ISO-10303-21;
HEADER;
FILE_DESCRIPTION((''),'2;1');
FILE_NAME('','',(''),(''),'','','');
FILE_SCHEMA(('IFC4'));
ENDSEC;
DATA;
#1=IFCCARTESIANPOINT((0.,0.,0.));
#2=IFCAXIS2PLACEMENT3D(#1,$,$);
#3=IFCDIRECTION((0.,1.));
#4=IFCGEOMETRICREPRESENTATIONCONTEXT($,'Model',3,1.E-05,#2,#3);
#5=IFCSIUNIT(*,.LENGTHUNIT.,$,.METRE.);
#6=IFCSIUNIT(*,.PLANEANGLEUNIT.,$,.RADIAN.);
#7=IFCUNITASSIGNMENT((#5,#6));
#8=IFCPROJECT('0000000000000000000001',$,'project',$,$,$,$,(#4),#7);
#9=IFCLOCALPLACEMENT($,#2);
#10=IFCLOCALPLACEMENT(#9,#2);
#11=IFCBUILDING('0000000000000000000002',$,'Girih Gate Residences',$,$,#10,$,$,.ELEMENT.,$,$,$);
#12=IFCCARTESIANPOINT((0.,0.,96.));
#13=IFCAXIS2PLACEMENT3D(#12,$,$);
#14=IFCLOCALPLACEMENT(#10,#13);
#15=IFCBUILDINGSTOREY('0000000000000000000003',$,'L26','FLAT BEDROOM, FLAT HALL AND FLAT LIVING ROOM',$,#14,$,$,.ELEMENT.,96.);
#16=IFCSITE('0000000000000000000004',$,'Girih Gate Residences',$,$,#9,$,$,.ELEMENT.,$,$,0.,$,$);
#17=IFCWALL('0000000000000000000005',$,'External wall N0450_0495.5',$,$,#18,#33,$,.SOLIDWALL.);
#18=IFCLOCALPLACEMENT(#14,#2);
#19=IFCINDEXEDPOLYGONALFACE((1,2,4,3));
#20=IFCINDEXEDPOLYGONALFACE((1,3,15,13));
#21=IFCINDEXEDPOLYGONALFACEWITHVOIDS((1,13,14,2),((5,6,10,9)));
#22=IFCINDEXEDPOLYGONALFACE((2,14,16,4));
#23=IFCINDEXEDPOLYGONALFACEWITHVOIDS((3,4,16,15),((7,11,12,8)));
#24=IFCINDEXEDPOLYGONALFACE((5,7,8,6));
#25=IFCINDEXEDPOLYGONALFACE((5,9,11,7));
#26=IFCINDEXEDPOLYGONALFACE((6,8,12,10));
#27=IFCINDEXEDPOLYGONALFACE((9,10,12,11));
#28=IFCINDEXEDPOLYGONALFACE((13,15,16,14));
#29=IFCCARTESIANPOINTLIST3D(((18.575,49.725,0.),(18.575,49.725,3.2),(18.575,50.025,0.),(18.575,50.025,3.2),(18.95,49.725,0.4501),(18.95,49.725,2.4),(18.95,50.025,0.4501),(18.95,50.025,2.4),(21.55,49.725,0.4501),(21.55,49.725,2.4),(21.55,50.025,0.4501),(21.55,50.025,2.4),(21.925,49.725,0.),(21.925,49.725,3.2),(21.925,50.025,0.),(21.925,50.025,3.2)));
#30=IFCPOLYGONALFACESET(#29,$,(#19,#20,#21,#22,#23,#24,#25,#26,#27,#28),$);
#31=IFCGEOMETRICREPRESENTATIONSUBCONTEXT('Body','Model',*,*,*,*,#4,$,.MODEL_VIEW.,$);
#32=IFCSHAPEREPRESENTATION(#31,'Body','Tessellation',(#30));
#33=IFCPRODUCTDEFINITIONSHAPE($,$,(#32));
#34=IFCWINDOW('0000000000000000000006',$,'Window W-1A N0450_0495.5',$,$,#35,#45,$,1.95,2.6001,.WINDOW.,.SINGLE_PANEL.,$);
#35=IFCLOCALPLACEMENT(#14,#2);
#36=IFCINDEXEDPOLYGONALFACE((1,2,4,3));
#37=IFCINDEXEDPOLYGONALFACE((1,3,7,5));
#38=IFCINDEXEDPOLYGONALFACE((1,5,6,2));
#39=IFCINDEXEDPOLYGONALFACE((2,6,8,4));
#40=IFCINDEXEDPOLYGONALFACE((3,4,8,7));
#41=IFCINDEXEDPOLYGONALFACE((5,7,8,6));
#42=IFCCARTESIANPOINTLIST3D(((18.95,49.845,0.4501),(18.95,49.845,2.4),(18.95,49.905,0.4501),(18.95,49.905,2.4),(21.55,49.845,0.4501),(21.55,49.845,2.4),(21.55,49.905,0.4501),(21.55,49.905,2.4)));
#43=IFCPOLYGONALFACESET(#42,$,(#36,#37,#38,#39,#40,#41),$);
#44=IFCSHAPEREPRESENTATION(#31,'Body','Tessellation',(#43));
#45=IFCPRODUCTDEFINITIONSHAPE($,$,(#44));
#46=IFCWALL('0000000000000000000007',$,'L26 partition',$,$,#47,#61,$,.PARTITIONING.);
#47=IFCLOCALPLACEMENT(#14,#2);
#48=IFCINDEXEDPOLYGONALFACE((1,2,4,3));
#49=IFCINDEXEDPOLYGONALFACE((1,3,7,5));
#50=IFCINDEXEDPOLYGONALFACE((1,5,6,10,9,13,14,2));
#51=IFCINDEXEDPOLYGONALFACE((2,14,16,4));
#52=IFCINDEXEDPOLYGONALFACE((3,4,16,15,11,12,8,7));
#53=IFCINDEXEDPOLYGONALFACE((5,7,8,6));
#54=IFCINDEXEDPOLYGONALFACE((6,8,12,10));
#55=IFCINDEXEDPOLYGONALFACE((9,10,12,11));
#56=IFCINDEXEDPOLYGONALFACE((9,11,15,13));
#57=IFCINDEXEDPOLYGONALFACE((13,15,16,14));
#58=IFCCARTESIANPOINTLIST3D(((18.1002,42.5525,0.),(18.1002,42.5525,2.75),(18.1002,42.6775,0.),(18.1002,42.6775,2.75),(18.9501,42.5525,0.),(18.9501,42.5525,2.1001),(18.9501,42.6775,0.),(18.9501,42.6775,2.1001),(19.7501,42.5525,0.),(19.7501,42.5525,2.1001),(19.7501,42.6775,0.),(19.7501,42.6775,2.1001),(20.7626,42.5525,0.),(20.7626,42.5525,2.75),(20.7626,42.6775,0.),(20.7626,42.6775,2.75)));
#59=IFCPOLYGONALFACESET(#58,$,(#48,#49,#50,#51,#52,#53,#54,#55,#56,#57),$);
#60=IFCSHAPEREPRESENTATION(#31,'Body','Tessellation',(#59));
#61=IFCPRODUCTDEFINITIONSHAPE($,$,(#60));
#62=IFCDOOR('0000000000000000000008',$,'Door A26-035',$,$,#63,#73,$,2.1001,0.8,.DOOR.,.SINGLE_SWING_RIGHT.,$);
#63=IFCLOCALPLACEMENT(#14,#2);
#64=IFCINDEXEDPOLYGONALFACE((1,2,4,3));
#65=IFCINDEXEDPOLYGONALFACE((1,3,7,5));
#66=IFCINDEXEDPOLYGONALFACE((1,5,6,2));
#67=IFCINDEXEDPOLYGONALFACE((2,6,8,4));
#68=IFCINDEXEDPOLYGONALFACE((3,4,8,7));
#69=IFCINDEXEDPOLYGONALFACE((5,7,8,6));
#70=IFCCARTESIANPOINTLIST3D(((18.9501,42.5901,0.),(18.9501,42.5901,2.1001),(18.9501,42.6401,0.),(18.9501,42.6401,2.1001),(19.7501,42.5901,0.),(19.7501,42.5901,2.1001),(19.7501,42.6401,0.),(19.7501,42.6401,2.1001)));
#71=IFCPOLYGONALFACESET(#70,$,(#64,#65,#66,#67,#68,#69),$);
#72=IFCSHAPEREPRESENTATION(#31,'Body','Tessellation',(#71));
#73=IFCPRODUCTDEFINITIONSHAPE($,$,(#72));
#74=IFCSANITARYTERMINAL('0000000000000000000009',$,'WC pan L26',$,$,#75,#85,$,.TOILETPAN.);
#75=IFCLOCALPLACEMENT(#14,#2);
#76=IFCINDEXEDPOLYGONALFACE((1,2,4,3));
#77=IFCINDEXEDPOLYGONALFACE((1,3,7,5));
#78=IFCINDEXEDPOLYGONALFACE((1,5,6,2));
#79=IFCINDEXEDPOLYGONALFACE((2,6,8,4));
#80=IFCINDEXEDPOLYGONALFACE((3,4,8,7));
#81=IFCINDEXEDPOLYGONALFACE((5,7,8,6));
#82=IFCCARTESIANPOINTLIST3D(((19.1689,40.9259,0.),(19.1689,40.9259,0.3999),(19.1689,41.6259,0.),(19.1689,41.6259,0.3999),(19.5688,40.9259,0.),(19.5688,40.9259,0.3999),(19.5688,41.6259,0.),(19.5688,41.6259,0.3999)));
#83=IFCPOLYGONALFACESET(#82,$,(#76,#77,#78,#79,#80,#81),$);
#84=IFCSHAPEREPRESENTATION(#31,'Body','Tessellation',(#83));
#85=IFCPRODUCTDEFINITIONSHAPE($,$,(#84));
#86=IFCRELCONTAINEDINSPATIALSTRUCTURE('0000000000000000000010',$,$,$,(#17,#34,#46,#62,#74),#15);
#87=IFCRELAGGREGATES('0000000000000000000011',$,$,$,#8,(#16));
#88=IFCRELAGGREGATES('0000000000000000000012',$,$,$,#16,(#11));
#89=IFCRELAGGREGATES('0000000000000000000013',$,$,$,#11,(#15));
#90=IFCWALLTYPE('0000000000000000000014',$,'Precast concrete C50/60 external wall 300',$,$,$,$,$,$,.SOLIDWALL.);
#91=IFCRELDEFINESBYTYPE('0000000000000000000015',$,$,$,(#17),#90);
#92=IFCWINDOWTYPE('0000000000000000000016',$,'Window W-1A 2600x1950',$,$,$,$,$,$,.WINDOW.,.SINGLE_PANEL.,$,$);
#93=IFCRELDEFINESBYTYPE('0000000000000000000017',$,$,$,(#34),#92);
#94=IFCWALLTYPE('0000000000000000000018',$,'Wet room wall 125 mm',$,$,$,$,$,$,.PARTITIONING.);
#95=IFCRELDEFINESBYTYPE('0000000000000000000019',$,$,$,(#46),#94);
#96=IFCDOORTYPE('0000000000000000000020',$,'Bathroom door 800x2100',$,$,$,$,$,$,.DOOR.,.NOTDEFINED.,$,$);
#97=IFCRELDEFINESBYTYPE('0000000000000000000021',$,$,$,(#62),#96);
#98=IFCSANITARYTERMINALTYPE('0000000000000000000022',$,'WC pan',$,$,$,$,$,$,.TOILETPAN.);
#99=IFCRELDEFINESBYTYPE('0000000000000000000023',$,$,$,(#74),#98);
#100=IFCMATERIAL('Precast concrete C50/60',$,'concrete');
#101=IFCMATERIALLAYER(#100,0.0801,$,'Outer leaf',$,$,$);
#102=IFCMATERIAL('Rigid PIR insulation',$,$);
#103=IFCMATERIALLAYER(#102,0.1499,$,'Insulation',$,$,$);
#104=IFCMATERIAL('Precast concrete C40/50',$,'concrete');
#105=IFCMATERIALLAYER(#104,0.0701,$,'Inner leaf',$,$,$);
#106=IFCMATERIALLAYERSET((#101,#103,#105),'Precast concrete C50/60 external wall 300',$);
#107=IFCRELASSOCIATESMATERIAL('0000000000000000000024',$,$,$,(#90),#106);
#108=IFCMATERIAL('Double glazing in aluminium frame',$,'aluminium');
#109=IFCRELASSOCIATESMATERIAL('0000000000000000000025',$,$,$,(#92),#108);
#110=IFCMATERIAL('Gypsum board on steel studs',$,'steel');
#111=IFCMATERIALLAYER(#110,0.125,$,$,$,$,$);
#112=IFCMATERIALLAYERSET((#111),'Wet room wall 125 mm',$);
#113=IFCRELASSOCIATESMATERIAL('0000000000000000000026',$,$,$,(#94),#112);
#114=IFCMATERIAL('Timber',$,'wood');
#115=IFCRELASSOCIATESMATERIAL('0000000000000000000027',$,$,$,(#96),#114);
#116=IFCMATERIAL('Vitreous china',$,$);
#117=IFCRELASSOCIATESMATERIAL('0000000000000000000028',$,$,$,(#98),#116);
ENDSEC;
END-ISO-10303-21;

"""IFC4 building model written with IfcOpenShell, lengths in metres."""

from ifc_helpers import new_model, si_unit, direction, frame, frame_2d, origin, origin_2d, place, context, subcontext, project, spatial, rectangle, extrude, material, layer, layer_set, type_object, element, fill, save


model = new_model("IFC4")

# Units and contexts
model_context = context("Model", 3, precision=1e-05, world=origin(), true_north=direction((0.0, 1.0)))
body_context = subcontext(model_context, "Body", "Model", "MODEL_VIEW")
ifc_project = project(units=[si_unit("LENGTHUNIT", "METRE"), si_unit("PLANEANGLEUNIT", "RADIAN")], contexts=[model_context])

# Site, building, storey
site_placement = place(None, origin())
site = spatial("IfcSite", under=ifc_project, at=site_placement, Name="Girih Gate Residences", CompositionType="ELEMENT", RefElevation=0.0)
building_placement = place(site_placement, origin())
building = spatial("IfcBuilding", under=site, at=building_placement, Name="Girih Gate Residences", CompositionType="ELEMENT")
storey_placement = place(building_placement, frame((0.0, 0.0, 96.0)))
storey = spatial("IfcBuildingStorey", under=building, at=storey_placement, Name="L26", Description="FLAT BEDROOM, FLAT HALL AND FLAT LIVING ROOM", CompositionType="ELEMENT", Elevation=96.0)

# Shared definitions
ifc_material_1 = material(Name="Gypsum board on steel studs", Category="steel")
ifc_material_2 = material(Name="Timber", Category="wood")

# Wall, opening, window
ifc_material_3 = material(Name="Precast concrete C50/60", Category="concrete")
ifc_layer_1 = layer(ifc_material_3, 0.0801, Name="Outer leaf")
ifc_material_4 = material(Name="Rigid PIR insulation")
ifc_layer_2 = layer(ifc_material_4, 0.1499, Name="Insulation")
ifc_material_5 = material(Name="Precast concrete C40/50", Category="concrete")
ifc_layer_3 = layer(ifc_material_5, 0.0701, Name="Inner leaf")
ifc_layer_set_1 = layer_set([ifc_layer_1, ifc_layer_2, ifc_layer_3], Name="Precast concrete C50/60 external wall 300")
wall_type_1 = type_object("IfcWallType", Name="Precast concrete C50/60 external wall 300", PredefinedType="SOLIDWALL", material=ifc_layer_set_1)
wall_1_placement = place(storey_placement, frame((18.575, 49.875, 0.0), z_axis=(0.0, 0.0, 1.0), x_axis=(1.0, 0.0, 0.0)))
wall_1 = element("IfcWall", 1, at=wall_1_placement, inside=storey, type_object=wall_type_1, Name="External wall N0450_0495.5", PredefinedType="SOLIDWALL", context=body_context, shape_type="SweptSolid", body=[
    extrude(rectangle(XDim=3.3501, YDim=0.3, at=frame_2d((1.675, 0.0))), origin(), (0.0, 0.0, 1.0), 3.2),
])
opening_1_placement = place(wall_1_placement, frame((0.375, 0.0, 0.45)))
opening_1 = element("IfcOpeningElement", 2, at=opening_1_placement, cuts=wall_1, PredefinedType="OPENING", context=body_context, shape_type="SweptSolid", body=[
    extrude(rectangle(XDim=2.6001, YDim=1.95, at=frame_2d((1.3, 0.9751))), frame((0.0, 0.1599, 0.0), z_axis=(0.0, -1.0, 0.0), x_axis=(1.0, 0.0, 0.0)), (0.0, 0.0, 1.0), 0.3201),
])
ifc_material_6 = material(Name="Double glazing in aluminium frame", Category="aluminium")
window_type = type_object("IfcWindowType", Name="Window W-1A 2600x1950", PartitioningType="SINGLE_PANEL", PredefinedType="WINDOW", material=ifc_material_6)
window_placement = place(opening_1_placement, origin())
window = element("IfcWindow", 3, at=window_placement, inside=storey, type_object=window_type, Name="Window W-1A N0450_0495.5", OverallHeight=1.95, OverallWidth=2.6001, PartitioningType="SINGLE_PANEL", PredefinedType="WINDOW", context=body_context, shape_type="SweptSolid", body=[
    extrude(rectangle(XDim=2.6001, YDim=1.95, at=frame_2d((1.3, 0.9751))), frame((0.0, 0.03, 0.0), z_axis=(0.0, -1.0, 0.0), x_axis=(1.0, 0.0, 0.0)), (0.0, 0.0, 1.0), 0.0601),
])
fill(opening_1, window)

# Wall, opening, door
ifc_layer_4 = layer(ifc_material_1, 0.125)
ifc_layer_set_2 = layer_set([ifc_layer_4], Name="Wet room wall 125 mm")
wall_type_2 = type_object("IfcWallType", Name="Wet room wall 125 mm", PredefinedType="PARTITIONING", material=ifc_layer_set_2)
wall_2_placement = place(storey_placement, frame((20.7625, 42.615, 0.0), z_axis=(0.0, 0.0, 1.0), x_axis=(-1.0, 0.0, 0.0)))
wall_2 = element("IfcWall", 4, at=wall_2_placement, inside=storey, type_object=wall_type_2, Name="L26 partition", PredefinedType="PARTITIONING", context=body_context, shape_type="SweptSolid", body=[
    extrude(rectangle(XDim=2.6624, YDim=0.125, at=frame_2d((1.3311, 0.0))), origin(), (0.0, 0.0, 1.0), 2.75),
])
opening_2_placement = place(wall_2_placement, frame((1.0125, 0.0, 0.0)))
opening_2 = element("IfcOpeningElement", 5, at=opening_2_placement, cuts=wall_2, PredefinedType="OPENING", context=body_context, shape_type="SweptSolid", body=[
    extrude(rectangle(XDim=0.8, YDim=2.1001, at=frame_2d((0.3999, 1.05))), frame((0.0, 0.0725, 0.0), z_axis=(0.0, -1.0, 0.0), x_axis=(1.0, 0.0, 0.0)), (0.0, 0.0, 1.0), 0.145),
])
door_type_1 = type_object("IfcDoorType", Name="Bathroom door 800x2100", OperationType="NOTDEFINED", PredefinedType="DOOR", material=ifc_material_2)
door_1_placement = place(opening_2_placement, origin())
door_1 = element("IfcDoor", 6, at=door_1_placement, inside=storey, type_object=door_type_1, Name="Door A26-035", OperationType="SINGLE_SWING_RIGHT", OverallHeight=2.1001, OverallWidth=0.8, PredefinedType="DOOR", context=body_context, shape_type="SweptSolid", body=[
    extrude(rectangle(XDim=0.8, YDim=2.1001, at=frame_2d((0.3999, 1.05))), frame((0.0, 0.0249, 0.0), z_axis=(0.0, -1.0, 0.0), x_axis=(1.0, 0.0, 0.0)), (0.0, 0.0, 1.0), 0.05),
])
fill(opening_2, door_1)

# Sanitary terminal
ifc_material_7 = material(Name="Vitreous china")
sanitary_terminal_type = type_object("IfcSanitaryTerminalType", Name="WC pan", PredefinedType="TOILETPAN", material=ifc_material_7)
sanitary_terminal_placement = place(storey_placement, frame((19.3689, 41.2759, 0.0), z_axis=(0.0, 0.0, 1.0), x_axis=(1.0, 0.0, 0.0)))
element("IfcSanitaryTerminal", 7, at=sanitary_terminal_placement, inside=storey, type_object=sanitary_terminal_type, Name="WC pan L26", PredefinedType="TOILETPAN", context=body_context, shape_type="SweptSolid", body=[
    extrude(rectangle(XDim=0.3999, YDim=0.7, at=origin_2d()), origin(), (0.0, 0.0, 1.0), 0.3999),
])

save(model, "model.ifc")
